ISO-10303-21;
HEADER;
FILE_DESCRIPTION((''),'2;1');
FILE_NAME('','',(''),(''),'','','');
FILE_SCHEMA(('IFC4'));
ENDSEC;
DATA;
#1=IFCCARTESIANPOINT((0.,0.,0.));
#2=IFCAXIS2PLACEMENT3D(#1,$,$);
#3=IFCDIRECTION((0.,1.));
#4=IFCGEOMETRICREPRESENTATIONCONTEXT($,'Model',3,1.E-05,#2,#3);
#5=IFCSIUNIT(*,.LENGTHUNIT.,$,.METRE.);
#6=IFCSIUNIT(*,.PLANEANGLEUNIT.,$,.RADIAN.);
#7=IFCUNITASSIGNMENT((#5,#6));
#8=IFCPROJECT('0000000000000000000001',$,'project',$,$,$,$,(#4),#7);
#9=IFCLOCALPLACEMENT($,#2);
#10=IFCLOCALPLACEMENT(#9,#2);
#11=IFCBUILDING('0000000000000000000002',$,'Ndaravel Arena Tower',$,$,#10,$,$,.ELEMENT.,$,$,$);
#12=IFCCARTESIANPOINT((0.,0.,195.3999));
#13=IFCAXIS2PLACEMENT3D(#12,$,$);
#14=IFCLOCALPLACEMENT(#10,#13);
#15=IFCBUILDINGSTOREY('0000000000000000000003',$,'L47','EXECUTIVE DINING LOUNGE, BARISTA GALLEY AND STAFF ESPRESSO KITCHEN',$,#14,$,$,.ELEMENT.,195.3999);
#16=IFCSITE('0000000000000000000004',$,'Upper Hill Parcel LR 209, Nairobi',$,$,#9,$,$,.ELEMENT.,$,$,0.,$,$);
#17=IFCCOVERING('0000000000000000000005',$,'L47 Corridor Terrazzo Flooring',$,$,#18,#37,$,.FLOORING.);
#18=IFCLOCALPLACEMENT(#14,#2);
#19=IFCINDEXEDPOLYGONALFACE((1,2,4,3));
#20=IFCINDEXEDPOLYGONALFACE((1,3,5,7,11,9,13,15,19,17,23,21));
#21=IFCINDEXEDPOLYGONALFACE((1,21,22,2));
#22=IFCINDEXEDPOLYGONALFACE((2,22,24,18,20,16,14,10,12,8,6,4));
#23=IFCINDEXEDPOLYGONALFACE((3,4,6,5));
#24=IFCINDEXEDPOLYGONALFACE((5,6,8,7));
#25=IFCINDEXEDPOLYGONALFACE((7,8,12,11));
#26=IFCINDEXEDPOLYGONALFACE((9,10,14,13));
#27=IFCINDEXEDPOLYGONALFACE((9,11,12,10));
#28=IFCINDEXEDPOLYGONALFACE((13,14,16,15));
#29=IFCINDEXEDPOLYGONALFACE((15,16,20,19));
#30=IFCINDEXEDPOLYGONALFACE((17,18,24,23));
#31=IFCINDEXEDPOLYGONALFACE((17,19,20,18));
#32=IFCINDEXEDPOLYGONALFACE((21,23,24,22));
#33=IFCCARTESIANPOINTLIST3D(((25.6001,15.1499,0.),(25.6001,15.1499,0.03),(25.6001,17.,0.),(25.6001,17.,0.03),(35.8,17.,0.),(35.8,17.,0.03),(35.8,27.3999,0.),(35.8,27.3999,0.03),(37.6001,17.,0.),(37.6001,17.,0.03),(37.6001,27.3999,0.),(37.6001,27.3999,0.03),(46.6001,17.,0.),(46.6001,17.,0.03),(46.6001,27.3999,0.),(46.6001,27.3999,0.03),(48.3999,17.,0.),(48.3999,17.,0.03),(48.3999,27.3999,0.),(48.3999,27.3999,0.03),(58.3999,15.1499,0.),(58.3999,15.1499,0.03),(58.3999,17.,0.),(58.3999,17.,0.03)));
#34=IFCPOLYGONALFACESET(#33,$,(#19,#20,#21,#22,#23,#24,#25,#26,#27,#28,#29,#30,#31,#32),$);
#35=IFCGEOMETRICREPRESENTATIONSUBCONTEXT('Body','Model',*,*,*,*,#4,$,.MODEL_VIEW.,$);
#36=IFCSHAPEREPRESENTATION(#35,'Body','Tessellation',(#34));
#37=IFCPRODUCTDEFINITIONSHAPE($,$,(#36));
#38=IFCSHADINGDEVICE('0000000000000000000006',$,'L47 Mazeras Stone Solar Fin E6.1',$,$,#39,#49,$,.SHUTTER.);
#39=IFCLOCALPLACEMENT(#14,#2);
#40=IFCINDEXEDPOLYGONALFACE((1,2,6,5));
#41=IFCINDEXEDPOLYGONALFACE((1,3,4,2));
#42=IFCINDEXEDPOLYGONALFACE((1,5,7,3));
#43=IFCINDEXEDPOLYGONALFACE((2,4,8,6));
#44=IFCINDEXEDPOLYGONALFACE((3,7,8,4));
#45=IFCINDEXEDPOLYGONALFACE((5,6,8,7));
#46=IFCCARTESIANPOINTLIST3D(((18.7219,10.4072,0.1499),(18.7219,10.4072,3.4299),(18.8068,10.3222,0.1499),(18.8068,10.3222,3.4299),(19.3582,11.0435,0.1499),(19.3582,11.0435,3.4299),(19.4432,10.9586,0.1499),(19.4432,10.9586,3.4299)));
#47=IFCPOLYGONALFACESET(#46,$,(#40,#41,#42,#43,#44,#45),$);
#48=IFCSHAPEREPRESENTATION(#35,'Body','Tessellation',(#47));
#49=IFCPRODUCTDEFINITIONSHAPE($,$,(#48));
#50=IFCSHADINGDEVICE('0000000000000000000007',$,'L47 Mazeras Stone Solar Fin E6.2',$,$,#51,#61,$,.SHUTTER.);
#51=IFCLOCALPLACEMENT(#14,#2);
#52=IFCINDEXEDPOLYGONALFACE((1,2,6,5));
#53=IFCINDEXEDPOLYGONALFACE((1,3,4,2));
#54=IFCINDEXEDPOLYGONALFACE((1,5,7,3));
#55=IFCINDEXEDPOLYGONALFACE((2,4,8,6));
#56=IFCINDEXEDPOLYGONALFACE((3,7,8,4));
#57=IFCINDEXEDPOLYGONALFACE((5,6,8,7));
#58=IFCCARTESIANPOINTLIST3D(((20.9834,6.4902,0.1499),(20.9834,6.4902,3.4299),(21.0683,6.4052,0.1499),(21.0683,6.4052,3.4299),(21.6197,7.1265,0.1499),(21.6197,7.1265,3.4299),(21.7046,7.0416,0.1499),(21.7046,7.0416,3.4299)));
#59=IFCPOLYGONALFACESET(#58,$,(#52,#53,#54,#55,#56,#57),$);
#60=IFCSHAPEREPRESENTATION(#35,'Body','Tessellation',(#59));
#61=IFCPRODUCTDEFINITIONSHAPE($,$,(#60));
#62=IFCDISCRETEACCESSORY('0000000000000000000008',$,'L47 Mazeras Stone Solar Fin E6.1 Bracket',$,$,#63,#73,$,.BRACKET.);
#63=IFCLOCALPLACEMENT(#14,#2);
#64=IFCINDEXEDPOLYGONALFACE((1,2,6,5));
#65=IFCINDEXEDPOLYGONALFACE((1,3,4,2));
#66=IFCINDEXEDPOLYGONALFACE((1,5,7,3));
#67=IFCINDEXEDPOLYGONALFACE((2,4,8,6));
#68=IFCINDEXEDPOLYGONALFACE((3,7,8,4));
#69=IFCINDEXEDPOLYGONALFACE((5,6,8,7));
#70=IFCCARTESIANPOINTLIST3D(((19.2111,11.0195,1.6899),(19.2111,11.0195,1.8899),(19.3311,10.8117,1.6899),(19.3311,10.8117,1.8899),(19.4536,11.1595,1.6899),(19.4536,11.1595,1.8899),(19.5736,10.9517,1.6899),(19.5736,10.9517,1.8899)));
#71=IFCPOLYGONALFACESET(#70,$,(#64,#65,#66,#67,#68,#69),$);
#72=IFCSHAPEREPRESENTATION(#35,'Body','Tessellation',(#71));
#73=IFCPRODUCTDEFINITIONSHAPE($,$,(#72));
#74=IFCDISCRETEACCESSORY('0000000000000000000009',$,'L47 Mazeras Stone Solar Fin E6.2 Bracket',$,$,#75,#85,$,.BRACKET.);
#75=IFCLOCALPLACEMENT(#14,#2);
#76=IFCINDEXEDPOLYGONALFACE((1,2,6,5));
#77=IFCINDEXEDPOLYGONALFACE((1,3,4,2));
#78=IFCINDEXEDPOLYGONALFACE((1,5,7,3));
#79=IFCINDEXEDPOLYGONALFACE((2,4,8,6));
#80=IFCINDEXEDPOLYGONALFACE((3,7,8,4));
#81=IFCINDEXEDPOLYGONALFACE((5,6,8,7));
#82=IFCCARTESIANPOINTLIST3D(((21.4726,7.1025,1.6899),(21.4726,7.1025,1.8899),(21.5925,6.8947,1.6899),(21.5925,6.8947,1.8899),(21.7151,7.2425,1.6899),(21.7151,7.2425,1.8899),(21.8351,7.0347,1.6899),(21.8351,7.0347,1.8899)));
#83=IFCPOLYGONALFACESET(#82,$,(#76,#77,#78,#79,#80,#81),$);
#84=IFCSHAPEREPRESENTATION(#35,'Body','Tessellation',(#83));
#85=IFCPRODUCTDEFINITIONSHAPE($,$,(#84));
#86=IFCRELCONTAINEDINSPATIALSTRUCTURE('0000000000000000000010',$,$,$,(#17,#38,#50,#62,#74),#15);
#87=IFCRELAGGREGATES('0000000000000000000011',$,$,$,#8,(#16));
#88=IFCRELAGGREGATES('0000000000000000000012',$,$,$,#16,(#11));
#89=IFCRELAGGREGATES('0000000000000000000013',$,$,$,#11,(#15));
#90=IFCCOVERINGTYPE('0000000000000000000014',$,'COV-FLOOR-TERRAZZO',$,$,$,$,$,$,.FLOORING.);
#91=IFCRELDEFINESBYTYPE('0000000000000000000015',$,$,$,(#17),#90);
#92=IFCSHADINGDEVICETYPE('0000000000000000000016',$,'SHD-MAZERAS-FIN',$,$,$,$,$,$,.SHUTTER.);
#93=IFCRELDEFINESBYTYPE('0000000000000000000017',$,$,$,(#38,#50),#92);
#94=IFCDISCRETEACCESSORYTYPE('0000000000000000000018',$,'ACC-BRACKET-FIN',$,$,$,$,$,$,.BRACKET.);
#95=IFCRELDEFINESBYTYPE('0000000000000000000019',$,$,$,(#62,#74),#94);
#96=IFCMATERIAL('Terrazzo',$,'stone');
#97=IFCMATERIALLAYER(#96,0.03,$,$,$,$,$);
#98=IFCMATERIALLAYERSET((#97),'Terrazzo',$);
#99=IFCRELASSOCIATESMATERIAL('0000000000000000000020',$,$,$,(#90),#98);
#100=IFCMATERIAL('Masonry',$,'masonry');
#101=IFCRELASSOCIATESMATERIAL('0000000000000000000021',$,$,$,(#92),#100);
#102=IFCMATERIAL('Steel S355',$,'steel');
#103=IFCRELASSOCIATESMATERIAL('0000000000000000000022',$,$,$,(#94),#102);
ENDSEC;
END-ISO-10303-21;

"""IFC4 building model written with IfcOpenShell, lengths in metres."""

from ifc_helpers import new_model, si_unit, direction, frame, origin, origin_2d, place, context, subcontext, project, spatial, polyline, rectangle, outline, extrude, material, layer, layer_set, type_object, element, save


model = new_model("IFC4")

# Units and contexts
model_context = context("Model", 3, precision=1e-05, world=origin(), true_north=direction((0.0, 1.0)))
body_context = subcontext(model_context, "Body", "Model", "MODEL_VIEW")
ifc_project = project(units=[si_unit("LENGTHUNIT", "METRE"), si_unit("PLANEANGLEUNIT", "RADIAN")], contexts=[model_context])

# Site, building, storey
site_placement = place(None, origin())
site = spatial("IfcSite", under=ifc_project, at=site_placement, Name="Upper Hill Parcel LR 209, Nairobi", CompositionType="ELEMENT", RefElevation=0.0)
building_placement = place(site_placement, origin())
building = spatial("IfcBuilding", under=site, at=building_placement, Name="Ndaravel Arena Tower", CompositionType="ELEMENT")
storey_placement = place(building_placement, frame((0.0, 0.0, 195.3999)))
storey = spatial("IfcBuildingStorey", under=building, at=storey_placement, Name="L47", Description="EXECUTIVE DINING LOUNGE, BARISTA GALLEY AND STAFF ESPRESSO KITCHEN", CompositionType="ELEMENT", Elevation=195.3999)

# Covering
ifc_material_1 = material(Name="Terrazzo", Category="stone")
ifc_layer_1 = layer(ifc_material_1, 0.03)
ifc_layer_set_1 = layer_set([ifc_layer_1], Name="Terrazzo")
covering_type_1 = type_object("IfcCoveringType", Name="COV-FLOOR-TERRAZZO", PredefinedType="FLOORING", material=ifc_layer_set_1)
covering_1_placement = place(storey_placement, origin())
element("IfcCovering", 1, at=covering_1_placement, inside=storey, type_object=covering_type_1, Name="L47 Corridor Terrazzo Flooring", PredefinedType="FLOORING", context=body_context, shape_type="SweptSolid", body=[
    extrude(outline(polyline([(58.3999, 17.0), (48.3999, 17.0), (48.3999, 27.3999), (46.6001, 27.3999), (46.6001, 17.0), (37.6001, 17.0), (37.6001, 27.3999), (35.8, 27.3999), (35.8, 17.0), (25.6001, 17.0), (25.6001, 15.1499), (58.3999, 15.1499), (58.3999, 17.0)])), origin(), (0.0, 0.0, 1.0), 0.03),
])

# Shading devices
ifc_material_2 = material(Name="Masonry", Category="masonry")
shading_device_type = type_object("IfcShadingDeviceType", Name="SHD-MAZERAS-FIN", PredefinedType="SHUTTER", material=ifc_material_2)
for number, where, z_axis, x_axis, name in (
    (2, (19.0825, 10.6829, 0.1499), (0.0, 0.0, 1.0), (-0.707107, -0.707107, 0.0), "L47 Mazeras Stone Solar Fin E6.1"),
    (3, (21.344, 6.7659, 0.1499), (0.0, 0.0, 1.0), (-0.707107, -0.707107, 0.0), "L47 Mazeras Stone Solar Fin E6.2"),
):
    element("IfcShadingDevice", number, at=place(storey_placement, frame(where, z_axis=z_axis, x_axis=x_axis)), inside=storey, type_object=shading_device_type, Name=name, PredefinedType="SHUTTER", context=body_context, shape_type="SweptSolid", body=[
        extrude(rectangle(XDim=0.8999, YDim=0.1201, at=origin_2d()), origin(), (0.0, 0.0, 1.0), 3.28),
    ])

# Discrete accessories
ifc_material_3 = material(Name="Steel S355", Category="steel")
discrete_accessory_type = type_object("IfcDiscreteAccessoryType", Name="ACC-BRACKET-FIN", PredefinedType="BRACKET", material=ifc_material_3)
for number, where, z_axis, x_axis, name in (
    (4, (19.3923, 10.9856, 1.6899), (0.0, 0.0, 1.0), (-0.866025, -0.5, 0.0), "L47 Mazeras Stone Solar Fin E6.1 Bracket"),
    (5, (21.6538, 7.0686, 1.6899), (0.0, 0.0, 1.0), (-0.866025, -0.5, 0.0), "L47 Mazeras Stone Solar Fin E6.2 Bracket"),
):
    element("IfcDiscreteAccessory", number, at=place(storey_placement, frame(where, z_axis=z_axis, x_axis=x_axis)), inside=storey, type_object=discrete_accessory_type, Name=name, PredefinedType="BRACKET", context=body_context, shape_type="SweptSolid", body=[
        extrude(rectangle(XDim=0.28, YDim=0.24, at=origin_2d()), origin(), (0.0, 0.0, 1.0), 0.2),
    ])

save(model, "model.ifc")
